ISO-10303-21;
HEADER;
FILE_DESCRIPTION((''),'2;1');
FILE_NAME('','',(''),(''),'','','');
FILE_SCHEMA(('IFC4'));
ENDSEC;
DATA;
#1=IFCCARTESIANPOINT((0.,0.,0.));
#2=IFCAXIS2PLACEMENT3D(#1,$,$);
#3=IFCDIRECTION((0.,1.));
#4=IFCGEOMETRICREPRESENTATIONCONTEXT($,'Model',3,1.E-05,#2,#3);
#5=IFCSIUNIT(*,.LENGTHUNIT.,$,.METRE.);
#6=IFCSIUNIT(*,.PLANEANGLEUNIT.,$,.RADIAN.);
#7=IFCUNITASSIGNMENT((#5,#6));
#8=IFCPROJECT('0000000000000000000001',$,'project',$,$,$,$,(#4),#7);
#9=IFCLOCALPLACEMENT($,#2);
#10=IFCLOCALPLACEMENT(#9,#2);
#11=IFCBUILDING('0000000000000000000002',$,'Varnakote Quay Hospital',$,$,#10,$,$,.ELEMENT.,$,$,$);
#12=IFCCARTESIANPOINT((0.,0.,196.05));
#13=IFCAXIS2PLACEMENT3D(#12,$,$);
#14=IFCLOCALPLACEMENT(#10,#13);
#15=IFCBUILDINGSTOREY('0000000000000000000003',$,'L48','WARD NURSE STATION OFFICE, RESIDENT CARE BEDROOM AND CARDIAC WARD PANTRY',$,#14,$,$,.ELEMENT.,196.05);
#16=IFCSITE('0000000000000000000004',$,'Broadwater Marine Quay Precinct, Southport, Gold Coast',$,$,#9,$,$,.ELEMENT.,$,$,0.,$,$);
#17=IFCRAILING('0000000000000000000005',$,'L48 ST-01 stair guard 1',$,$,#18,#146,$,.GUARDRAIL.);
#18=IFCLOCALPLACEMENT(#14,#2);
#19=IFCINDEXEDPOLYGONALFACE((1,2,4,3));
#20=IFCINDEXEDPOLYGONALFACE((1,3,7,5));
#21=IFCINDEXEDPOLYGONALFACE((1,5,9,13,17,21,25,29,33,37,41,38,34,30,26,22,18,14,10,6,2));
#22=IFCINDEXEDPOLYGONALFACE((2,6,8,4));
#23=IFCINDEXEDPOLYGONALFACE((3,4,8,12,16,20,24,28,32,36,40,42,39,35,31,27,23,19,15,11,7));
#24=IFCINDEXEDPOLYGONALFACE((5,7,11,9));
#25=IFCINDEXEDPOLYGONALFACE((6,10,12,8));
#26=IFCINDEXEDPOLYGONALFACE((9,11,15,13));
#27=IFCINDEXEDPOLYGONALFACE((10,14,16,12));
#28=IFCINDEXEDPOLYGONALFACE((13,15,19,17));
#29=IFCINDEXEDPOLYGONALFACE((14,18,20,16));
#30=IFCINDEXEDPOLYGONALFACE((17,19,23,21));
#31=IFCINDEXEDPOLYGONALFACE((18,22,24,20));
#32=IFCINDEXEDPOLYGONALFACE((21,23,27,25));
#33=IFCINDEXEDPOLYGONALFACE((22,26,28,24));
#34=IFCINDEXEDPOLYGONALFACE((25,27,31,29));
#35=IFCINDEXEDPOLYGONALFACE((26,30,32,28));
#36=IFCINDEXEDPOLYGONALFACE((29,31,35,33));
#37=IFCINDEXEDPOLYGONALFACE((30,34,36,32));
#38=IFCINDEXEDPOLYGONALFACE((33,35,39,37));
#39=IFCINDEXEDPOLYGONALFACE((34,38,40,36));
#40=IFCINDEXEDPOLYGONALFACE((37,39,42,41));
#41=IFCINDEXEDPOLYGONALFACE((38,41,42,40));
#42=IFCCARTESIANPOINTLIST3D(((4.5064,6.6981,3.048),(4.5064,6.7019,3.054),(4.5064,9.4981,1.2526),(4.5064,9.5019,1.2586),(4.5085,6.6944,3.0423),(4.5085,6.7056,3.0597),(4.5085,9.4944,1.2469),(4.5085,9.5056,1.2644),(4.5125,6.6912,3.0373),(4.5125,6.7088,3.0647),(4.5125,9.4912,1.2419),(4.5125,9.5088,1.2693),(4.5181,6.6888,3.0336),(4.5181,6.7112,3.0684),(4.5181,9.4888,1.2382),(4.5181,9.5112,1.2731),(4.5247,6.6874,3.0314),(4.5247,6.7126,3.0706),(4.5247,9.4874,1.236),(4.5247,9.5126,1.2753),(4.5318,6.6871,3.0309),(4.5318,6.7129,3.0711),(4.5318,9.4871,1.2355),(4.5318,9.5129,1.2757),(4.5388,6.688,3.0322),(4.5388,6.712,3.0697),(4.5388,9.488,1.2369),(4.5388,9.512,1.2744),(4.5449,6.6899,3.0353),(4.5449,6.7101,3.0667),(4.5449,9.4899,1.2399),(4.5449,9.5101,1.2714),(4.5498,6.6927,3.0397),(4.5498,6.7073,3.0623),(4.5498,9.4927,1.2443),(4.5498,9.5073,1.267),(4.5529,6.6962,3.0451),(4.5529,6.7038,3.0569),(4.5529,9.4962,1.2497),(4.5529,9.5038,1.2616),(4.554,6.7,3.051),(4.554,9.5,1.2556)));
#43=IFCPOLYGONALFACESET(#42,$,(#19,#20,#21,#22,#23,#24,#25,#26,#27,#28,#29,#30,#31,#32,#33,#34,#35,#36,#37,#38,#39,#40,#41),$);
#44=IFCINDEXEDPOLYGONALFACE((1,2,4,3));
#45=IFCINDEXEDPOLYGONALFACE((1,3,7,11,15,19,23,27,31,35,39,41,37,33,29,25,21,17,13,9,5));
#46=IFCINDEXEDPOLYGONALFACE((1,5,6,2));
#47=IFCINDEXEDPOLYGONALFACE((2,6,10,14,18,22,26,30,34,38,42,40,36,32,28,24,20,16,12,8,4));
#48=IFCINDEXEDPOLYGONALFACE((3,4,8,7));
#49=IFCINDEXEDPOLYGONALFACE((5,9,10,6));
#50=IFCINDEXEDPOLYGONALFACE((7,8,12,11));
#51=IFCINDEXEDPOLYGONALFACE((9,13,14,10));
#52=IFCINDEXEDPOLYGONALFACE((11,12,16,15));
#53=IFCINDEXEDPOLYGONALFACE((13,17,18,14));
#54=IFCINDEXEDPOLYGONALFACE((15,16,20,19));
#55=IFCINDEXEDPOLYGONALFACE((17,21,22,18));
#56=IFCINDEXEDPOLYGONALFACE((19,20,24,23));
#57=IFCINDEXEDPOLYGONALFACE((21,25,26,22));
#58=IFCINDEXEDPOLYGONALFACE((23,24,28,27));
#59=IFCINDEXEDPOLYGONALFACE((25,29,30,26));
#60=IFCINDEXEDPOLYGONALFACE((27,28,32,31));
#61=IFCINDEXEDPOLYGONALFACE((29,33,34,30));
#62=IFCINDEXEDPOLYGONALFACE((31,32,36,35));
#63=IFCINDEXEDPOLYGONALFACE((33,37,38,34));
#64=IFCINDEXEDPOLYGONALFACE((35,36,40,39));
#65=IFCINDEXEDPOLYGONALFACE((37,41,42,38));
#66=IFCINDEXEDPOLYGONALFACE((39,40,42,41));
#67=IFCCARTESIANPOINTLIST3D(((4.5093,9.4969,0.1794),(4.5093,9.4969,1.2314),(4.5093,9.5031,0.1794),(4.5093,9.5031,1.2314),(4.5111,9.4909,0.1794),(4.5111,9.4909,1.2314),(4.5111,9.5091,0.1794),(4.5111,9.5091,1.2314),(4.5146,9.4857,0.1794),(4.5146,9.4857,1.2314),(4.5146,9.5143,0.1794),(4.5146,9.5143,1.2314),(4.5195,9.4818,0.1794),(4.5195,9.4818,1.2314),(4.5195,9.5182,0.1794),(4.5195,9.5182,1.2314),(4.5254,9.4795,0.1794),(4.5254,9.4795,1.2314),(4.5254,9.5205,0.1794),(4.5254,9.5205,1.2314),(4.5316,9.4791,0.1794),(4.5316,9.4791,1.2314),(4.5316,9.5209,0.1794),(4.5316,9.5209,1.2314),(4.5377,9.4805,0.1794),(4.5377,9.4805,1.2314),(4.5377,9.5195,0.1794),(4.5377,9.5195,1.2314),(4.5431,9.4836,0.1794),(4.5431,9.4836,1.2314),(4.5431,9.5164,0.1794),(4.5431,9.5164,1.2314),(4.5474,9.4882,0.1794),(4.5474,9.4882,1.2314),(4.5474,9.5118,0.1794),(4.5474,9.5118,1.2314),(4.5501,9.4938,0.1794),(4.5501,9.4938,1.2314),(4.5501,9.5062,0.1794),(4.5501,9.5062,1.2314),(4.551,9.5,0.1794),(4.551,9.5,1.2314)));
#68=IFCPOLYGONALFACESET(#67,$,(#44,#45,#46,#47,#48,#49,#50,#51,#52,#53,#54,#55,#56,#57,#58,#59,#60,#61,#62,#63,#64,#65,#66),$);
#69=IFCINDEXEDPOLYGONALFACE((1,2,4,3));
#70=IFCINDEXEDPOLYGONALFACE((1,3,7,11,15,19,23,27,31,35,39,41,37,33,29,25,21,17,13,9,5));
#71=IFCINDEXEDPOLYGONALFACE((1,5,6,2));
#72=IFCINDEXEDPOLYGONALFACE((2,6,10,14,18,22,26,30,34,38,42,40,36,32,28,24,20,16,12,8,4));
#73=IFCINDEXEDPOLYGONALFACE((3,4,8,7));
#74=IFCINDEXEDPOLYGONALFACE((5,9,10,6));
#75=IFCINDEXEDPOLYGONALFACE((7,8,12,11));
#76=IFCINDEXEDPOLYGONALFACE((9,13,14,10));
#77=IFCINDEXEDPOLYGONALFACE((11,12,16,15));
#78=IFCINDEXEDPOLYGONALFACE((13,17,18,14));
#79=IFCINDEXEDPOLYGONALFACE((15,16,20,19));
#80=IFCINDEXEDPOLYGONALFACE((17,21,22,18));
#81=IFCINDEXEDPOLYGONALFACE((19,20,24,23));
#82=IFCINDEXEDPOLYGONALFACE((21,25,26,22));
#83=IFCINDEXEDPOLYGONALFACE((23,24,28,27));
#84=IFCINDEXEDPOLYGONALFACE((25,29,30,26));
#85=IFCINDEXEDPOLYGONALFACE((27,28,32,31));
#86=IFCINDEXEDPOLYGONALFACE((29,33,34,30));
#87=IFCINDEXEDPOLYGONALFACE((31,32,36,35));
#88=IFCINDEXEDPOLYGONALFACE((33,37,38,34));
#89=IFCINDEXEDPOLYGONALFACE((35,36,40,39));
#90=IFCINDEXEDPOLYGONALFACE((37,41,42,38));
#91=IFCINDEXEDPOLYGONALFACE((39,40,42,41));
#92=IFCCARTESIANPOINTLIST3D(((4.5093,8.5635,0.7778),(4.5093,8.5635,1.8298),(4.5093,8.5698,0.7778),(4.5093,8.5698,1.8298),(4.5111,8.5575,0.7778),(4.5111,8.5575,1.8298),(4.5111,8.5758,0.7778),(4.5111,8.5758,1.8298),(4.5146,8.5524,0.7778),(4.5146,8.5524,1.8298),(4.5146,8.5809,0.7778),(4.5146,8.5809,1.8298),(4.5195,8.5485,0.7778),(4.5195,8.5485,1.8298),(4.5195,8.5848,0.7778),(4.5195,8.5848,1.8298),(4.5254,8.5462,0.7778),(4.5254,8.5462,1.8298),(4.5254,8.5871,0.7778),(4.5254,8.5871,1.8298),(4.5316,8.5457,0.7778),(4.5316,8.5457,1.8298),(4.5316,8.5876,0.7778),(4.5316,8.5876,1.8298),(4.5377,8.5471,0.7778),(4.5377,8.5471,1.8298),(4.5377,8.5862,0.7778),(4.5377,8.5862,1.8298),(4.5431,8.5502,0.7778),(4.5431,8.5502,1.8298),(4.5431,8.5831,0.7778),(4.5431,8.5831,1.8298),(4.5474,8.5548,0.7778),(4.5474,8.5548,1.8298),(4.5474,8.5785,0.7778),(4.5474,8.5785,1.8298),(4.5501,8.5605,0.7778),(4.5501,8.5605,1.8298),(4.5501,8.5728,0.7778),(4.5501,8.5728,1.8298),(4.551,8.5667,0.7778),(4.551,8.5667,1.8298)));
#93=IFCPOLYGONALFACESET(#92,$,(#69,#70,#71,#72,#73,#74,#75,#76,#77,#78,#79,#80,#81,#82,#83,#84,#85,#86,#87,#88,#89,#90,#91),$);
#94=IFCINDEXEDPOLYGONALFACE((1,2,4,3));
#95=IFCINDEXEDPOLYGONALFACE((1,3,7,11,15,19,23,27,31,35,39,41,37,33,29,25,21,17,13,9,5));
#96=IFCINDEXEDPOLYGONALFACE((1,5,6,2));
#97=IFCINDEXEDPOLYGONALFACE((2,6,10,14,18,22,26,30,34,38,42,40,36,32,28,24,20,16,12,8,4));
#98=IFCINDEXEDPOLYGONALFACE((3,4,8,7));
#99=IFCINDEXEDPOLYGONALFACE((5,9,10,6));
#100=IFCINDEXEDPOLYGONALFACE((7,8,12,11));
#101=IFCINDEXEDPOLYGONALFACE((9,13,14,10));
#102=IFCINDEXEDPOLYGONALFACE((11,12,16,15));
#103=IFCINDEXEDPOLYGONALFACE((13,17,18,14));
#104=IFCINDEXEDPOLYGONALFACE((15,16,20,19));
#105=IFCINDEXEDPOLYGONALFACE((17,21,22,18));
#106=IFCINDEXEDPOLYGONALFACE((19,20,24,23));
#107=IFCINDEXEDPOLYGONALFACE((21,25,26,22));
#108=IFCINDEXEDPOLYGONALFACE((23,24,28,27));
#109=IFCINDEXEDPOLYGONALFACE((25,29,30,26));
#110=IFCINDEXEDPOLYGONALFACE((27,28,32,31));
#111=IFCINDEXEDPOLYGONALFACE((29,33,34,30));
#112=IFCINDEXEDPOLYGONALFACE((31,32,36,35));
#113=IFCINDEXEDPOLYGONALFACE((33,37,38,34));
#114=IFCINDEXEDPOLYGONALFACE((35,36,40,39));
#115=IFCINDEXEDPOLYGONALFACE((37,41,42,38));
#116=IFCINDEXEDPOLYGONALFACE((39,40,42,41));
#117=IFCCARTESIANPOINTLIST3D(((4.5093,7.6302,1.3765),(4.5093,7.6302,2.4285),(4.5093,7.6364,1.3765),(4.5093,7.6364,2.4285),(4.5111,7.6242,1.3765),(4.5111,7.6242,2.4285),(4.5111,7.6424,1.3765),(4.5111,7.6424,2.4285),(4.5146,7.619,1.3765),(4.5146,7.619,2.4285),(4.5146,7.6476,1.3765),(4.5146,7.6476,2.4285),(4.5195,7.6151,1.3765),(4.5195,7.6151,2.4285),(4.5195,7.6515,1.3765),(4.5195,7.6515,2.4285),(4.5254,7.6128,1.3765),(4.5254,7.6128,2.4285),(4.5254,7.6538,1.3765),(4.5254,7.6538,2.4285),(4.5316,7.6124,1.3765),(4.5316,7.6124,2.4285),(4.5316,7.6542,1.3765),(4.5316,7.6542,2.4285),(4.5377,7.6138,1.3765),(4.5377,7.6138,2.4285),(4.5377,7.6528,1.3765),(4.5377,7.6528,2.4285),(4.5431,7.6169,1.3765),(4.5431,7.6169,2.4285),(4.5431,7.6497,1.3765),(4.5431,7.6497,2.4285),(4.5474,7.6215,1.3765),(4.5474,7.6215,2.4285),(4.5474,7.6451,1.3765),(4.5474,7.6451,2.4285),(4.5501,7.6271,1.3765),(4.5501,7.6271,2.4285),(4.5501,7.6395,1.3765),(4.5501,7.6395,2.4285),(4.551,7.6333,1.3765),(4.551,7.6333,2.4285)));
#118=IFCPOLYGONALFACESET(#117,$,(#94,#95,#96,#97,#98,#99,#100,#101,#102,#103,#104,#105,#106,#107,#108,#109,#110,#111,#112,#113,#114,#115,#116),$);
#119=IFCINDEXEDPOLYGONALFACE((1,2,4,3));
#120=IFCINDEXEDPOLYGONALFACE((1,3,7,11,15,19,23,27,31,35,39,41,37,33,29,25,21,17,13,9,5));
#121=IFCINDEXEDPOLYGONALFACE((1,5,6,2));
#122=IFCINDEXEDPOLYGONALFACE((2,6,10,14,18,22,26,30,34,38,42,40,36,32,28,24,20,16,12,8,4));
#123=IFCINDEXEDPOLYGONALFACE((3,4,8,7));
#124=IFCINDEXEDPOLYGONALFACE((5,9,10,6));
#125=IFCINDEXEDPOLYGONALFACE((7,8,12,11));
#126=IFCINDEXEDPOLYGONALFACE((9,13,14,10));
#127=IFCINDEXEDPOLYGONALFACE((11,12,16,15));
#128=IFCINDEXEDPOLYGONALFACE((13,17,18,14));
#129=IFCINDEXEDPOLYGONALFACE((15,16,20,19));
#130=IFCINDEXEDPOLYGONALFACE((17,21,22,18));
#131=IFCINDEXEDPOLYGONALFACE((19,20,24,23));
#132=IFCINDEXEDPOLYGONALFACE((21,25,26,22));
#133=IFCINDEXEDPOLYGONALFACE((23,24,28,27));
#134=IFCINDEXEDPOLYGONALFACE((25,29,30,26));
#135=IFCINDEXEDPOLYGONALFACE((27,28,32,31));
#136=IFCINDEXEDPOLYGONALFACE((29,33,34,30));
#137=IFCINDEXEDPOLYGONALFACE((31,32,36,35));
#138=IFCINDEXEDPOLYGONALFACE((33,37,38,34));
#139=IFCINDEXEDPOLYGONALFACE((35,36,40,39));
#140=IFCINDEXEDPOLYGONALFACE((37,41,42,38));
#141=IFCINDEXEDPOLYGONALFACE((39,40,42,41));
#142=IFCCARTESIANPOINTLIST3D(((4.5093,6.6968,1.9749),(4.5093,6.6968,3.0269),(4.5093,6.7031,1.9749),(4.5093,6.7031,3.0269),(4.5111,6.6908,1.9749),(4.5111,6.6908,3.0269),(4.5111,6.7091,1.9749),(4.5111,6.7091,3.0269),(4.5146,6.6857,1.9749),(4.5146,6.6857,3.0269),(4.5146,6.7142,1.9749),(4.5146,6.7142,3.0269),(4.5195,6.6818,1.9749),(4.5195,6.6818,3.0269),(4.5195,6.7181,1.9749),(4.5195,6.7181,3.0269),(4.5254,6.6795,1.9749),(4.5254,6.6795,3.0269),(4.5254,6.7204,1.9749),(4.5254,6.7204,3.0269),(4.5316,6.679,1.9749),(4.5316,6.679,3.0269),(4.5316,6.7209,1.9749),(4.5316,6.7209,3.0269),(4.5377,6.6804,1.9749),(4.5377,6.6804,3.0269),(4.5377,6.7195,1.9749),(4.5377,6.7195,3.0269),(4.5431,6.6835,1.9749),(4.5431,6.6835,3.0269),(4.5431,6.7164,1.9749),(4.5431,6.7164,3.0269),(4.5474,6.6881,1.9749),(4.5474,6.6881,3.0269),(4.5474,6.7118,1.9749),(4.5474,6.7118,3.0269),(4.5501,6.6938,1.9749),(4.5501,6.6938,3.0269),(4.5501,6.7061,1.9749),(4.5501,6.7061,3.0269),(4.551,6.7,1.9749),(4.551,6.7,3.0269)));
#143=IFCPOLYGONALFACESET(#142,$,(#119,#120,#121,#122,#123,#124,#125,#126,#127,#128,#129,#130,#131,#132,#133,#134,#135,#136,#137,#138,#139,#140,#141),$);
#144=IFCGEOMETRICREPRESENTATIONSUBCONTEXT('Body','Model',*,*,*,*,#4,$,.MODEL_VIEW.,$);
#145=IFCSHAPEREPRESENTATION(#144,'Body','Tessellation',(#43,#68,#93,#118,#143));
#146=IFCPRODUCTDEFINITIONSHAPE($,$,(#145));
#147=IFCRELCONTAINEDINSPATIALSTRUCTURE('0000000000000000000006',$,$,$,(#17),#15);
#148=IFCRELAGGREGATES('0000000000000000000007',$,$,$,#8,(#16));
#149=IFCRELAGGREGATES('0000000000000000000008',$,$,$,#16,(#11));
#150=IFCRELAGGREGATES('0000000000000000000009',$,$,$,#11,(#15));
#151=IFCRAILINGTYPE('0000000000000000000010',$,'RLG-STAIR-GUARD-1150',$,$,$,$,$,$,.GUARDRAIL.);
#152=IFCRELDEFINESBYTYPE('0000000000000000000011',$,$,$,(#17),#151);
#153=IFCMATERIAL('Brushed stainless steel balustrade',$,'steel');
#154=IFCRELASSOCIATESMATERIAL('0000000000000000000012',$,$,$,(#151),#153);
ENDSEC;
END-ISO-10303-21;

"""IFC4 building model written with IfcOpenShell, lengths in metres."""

from ifc_helpers import new_model, si_unit, direction, frame, origin, origin_2d, place, context, subcontext, project, spatial, circle, extrude, material, type_object, element, save


model = new_model("IFC4")

# Units and contexts
model_context = context("Model", 3, precision=1e-05, world=origin(), true_north=direction((0.0, 1.0)))
body_context = subcontext(model_context, "Body", "Model", "MODEL_VIEW")
ifc_project = project(units=[si_unit("LENGTHUNIT", "METRE"), si_unit("PLANEANGLEUNIT", "RADIAN")], contexts=[model_context])

# Site, building, storey
site_placement = place(None, origin())
site = spatial("IfcSite", under=ifc_project, at=site_placement, Name="Broadwater Marine Quay Precinct, Southport, Gold Coast", CompositionType="ELEMENT", RefElevation=0.0)
building_placement = place(site_placement, origin())
building = spatial("IfcBuilding", under=site, at=building_placement, Name="Varnakote Quay Hospital", CompositionType="ELEMENT")
storey_placement = place(building_placement, frame((0.0, 0.0, 196.05)))
storey = spatial("IfcBuildingStorey", under=building, at=storey_placement, Name="L48", Description="WARD NURSE STATION OFFICE, RESIDENT CARE BEDROOM AND CARDIAC WARD PANTRY", CompositionType="ELEMENT", Elevation=196.05)

# Railing
ifc_material_1 = material(Name="Brushed stainless steel balustrade", Category="steel")
railing_type_1 = type_object("IfcRailingType", Name="RLG-STAIR-GUARD-1150", PredefinedType="GUARDRAIL", material=ifc_material_1)
railing_1_placement = place(storey_placement, frame((4.53, 9.5, 0.1794)))
element("IfcRailing", 1, at=railing_1_placement, inside=storey, type_object=railing_type_1, Name="L48 ST-01 stair guard 1", PredefinedType="GUARDRAIL", context=body_context, shape_type="SweptSolid", body=[
    extrude(circle(Radius=0.0239, at=origin_2d()), frame((0.0, 0.0, 1.0762), z_axis=(0.0, -0.84181, 0.539774), x_axis=(1.0, 0.0, 0.0)), (0.0, 0.0, 1.0), 3.3262),
    extrude(circle(Radius=0.021, at=origin_2d()), origin(), (0.0, 0.0, 1.0), 1.052),
    extrude(circle(Radius=0.021, at=origin_2d()), frame((0.0, -0.9333, 0.5984)), (0.0, 0.0, 1.0), 1.052),
    extrude(circle(Radius=0.021, at=origin_2d()), frame((0.0, -1.8667, 1.197)), (0.0, 0.0, 1.0), 1.052),
    extrude(circle(Radius=0.021, at=origin_2d()), frame((0.0, -2.8, 1.7954)), (0.0, 0.0, 1.0), 1.052),
])

save(model, "model.ifc")
